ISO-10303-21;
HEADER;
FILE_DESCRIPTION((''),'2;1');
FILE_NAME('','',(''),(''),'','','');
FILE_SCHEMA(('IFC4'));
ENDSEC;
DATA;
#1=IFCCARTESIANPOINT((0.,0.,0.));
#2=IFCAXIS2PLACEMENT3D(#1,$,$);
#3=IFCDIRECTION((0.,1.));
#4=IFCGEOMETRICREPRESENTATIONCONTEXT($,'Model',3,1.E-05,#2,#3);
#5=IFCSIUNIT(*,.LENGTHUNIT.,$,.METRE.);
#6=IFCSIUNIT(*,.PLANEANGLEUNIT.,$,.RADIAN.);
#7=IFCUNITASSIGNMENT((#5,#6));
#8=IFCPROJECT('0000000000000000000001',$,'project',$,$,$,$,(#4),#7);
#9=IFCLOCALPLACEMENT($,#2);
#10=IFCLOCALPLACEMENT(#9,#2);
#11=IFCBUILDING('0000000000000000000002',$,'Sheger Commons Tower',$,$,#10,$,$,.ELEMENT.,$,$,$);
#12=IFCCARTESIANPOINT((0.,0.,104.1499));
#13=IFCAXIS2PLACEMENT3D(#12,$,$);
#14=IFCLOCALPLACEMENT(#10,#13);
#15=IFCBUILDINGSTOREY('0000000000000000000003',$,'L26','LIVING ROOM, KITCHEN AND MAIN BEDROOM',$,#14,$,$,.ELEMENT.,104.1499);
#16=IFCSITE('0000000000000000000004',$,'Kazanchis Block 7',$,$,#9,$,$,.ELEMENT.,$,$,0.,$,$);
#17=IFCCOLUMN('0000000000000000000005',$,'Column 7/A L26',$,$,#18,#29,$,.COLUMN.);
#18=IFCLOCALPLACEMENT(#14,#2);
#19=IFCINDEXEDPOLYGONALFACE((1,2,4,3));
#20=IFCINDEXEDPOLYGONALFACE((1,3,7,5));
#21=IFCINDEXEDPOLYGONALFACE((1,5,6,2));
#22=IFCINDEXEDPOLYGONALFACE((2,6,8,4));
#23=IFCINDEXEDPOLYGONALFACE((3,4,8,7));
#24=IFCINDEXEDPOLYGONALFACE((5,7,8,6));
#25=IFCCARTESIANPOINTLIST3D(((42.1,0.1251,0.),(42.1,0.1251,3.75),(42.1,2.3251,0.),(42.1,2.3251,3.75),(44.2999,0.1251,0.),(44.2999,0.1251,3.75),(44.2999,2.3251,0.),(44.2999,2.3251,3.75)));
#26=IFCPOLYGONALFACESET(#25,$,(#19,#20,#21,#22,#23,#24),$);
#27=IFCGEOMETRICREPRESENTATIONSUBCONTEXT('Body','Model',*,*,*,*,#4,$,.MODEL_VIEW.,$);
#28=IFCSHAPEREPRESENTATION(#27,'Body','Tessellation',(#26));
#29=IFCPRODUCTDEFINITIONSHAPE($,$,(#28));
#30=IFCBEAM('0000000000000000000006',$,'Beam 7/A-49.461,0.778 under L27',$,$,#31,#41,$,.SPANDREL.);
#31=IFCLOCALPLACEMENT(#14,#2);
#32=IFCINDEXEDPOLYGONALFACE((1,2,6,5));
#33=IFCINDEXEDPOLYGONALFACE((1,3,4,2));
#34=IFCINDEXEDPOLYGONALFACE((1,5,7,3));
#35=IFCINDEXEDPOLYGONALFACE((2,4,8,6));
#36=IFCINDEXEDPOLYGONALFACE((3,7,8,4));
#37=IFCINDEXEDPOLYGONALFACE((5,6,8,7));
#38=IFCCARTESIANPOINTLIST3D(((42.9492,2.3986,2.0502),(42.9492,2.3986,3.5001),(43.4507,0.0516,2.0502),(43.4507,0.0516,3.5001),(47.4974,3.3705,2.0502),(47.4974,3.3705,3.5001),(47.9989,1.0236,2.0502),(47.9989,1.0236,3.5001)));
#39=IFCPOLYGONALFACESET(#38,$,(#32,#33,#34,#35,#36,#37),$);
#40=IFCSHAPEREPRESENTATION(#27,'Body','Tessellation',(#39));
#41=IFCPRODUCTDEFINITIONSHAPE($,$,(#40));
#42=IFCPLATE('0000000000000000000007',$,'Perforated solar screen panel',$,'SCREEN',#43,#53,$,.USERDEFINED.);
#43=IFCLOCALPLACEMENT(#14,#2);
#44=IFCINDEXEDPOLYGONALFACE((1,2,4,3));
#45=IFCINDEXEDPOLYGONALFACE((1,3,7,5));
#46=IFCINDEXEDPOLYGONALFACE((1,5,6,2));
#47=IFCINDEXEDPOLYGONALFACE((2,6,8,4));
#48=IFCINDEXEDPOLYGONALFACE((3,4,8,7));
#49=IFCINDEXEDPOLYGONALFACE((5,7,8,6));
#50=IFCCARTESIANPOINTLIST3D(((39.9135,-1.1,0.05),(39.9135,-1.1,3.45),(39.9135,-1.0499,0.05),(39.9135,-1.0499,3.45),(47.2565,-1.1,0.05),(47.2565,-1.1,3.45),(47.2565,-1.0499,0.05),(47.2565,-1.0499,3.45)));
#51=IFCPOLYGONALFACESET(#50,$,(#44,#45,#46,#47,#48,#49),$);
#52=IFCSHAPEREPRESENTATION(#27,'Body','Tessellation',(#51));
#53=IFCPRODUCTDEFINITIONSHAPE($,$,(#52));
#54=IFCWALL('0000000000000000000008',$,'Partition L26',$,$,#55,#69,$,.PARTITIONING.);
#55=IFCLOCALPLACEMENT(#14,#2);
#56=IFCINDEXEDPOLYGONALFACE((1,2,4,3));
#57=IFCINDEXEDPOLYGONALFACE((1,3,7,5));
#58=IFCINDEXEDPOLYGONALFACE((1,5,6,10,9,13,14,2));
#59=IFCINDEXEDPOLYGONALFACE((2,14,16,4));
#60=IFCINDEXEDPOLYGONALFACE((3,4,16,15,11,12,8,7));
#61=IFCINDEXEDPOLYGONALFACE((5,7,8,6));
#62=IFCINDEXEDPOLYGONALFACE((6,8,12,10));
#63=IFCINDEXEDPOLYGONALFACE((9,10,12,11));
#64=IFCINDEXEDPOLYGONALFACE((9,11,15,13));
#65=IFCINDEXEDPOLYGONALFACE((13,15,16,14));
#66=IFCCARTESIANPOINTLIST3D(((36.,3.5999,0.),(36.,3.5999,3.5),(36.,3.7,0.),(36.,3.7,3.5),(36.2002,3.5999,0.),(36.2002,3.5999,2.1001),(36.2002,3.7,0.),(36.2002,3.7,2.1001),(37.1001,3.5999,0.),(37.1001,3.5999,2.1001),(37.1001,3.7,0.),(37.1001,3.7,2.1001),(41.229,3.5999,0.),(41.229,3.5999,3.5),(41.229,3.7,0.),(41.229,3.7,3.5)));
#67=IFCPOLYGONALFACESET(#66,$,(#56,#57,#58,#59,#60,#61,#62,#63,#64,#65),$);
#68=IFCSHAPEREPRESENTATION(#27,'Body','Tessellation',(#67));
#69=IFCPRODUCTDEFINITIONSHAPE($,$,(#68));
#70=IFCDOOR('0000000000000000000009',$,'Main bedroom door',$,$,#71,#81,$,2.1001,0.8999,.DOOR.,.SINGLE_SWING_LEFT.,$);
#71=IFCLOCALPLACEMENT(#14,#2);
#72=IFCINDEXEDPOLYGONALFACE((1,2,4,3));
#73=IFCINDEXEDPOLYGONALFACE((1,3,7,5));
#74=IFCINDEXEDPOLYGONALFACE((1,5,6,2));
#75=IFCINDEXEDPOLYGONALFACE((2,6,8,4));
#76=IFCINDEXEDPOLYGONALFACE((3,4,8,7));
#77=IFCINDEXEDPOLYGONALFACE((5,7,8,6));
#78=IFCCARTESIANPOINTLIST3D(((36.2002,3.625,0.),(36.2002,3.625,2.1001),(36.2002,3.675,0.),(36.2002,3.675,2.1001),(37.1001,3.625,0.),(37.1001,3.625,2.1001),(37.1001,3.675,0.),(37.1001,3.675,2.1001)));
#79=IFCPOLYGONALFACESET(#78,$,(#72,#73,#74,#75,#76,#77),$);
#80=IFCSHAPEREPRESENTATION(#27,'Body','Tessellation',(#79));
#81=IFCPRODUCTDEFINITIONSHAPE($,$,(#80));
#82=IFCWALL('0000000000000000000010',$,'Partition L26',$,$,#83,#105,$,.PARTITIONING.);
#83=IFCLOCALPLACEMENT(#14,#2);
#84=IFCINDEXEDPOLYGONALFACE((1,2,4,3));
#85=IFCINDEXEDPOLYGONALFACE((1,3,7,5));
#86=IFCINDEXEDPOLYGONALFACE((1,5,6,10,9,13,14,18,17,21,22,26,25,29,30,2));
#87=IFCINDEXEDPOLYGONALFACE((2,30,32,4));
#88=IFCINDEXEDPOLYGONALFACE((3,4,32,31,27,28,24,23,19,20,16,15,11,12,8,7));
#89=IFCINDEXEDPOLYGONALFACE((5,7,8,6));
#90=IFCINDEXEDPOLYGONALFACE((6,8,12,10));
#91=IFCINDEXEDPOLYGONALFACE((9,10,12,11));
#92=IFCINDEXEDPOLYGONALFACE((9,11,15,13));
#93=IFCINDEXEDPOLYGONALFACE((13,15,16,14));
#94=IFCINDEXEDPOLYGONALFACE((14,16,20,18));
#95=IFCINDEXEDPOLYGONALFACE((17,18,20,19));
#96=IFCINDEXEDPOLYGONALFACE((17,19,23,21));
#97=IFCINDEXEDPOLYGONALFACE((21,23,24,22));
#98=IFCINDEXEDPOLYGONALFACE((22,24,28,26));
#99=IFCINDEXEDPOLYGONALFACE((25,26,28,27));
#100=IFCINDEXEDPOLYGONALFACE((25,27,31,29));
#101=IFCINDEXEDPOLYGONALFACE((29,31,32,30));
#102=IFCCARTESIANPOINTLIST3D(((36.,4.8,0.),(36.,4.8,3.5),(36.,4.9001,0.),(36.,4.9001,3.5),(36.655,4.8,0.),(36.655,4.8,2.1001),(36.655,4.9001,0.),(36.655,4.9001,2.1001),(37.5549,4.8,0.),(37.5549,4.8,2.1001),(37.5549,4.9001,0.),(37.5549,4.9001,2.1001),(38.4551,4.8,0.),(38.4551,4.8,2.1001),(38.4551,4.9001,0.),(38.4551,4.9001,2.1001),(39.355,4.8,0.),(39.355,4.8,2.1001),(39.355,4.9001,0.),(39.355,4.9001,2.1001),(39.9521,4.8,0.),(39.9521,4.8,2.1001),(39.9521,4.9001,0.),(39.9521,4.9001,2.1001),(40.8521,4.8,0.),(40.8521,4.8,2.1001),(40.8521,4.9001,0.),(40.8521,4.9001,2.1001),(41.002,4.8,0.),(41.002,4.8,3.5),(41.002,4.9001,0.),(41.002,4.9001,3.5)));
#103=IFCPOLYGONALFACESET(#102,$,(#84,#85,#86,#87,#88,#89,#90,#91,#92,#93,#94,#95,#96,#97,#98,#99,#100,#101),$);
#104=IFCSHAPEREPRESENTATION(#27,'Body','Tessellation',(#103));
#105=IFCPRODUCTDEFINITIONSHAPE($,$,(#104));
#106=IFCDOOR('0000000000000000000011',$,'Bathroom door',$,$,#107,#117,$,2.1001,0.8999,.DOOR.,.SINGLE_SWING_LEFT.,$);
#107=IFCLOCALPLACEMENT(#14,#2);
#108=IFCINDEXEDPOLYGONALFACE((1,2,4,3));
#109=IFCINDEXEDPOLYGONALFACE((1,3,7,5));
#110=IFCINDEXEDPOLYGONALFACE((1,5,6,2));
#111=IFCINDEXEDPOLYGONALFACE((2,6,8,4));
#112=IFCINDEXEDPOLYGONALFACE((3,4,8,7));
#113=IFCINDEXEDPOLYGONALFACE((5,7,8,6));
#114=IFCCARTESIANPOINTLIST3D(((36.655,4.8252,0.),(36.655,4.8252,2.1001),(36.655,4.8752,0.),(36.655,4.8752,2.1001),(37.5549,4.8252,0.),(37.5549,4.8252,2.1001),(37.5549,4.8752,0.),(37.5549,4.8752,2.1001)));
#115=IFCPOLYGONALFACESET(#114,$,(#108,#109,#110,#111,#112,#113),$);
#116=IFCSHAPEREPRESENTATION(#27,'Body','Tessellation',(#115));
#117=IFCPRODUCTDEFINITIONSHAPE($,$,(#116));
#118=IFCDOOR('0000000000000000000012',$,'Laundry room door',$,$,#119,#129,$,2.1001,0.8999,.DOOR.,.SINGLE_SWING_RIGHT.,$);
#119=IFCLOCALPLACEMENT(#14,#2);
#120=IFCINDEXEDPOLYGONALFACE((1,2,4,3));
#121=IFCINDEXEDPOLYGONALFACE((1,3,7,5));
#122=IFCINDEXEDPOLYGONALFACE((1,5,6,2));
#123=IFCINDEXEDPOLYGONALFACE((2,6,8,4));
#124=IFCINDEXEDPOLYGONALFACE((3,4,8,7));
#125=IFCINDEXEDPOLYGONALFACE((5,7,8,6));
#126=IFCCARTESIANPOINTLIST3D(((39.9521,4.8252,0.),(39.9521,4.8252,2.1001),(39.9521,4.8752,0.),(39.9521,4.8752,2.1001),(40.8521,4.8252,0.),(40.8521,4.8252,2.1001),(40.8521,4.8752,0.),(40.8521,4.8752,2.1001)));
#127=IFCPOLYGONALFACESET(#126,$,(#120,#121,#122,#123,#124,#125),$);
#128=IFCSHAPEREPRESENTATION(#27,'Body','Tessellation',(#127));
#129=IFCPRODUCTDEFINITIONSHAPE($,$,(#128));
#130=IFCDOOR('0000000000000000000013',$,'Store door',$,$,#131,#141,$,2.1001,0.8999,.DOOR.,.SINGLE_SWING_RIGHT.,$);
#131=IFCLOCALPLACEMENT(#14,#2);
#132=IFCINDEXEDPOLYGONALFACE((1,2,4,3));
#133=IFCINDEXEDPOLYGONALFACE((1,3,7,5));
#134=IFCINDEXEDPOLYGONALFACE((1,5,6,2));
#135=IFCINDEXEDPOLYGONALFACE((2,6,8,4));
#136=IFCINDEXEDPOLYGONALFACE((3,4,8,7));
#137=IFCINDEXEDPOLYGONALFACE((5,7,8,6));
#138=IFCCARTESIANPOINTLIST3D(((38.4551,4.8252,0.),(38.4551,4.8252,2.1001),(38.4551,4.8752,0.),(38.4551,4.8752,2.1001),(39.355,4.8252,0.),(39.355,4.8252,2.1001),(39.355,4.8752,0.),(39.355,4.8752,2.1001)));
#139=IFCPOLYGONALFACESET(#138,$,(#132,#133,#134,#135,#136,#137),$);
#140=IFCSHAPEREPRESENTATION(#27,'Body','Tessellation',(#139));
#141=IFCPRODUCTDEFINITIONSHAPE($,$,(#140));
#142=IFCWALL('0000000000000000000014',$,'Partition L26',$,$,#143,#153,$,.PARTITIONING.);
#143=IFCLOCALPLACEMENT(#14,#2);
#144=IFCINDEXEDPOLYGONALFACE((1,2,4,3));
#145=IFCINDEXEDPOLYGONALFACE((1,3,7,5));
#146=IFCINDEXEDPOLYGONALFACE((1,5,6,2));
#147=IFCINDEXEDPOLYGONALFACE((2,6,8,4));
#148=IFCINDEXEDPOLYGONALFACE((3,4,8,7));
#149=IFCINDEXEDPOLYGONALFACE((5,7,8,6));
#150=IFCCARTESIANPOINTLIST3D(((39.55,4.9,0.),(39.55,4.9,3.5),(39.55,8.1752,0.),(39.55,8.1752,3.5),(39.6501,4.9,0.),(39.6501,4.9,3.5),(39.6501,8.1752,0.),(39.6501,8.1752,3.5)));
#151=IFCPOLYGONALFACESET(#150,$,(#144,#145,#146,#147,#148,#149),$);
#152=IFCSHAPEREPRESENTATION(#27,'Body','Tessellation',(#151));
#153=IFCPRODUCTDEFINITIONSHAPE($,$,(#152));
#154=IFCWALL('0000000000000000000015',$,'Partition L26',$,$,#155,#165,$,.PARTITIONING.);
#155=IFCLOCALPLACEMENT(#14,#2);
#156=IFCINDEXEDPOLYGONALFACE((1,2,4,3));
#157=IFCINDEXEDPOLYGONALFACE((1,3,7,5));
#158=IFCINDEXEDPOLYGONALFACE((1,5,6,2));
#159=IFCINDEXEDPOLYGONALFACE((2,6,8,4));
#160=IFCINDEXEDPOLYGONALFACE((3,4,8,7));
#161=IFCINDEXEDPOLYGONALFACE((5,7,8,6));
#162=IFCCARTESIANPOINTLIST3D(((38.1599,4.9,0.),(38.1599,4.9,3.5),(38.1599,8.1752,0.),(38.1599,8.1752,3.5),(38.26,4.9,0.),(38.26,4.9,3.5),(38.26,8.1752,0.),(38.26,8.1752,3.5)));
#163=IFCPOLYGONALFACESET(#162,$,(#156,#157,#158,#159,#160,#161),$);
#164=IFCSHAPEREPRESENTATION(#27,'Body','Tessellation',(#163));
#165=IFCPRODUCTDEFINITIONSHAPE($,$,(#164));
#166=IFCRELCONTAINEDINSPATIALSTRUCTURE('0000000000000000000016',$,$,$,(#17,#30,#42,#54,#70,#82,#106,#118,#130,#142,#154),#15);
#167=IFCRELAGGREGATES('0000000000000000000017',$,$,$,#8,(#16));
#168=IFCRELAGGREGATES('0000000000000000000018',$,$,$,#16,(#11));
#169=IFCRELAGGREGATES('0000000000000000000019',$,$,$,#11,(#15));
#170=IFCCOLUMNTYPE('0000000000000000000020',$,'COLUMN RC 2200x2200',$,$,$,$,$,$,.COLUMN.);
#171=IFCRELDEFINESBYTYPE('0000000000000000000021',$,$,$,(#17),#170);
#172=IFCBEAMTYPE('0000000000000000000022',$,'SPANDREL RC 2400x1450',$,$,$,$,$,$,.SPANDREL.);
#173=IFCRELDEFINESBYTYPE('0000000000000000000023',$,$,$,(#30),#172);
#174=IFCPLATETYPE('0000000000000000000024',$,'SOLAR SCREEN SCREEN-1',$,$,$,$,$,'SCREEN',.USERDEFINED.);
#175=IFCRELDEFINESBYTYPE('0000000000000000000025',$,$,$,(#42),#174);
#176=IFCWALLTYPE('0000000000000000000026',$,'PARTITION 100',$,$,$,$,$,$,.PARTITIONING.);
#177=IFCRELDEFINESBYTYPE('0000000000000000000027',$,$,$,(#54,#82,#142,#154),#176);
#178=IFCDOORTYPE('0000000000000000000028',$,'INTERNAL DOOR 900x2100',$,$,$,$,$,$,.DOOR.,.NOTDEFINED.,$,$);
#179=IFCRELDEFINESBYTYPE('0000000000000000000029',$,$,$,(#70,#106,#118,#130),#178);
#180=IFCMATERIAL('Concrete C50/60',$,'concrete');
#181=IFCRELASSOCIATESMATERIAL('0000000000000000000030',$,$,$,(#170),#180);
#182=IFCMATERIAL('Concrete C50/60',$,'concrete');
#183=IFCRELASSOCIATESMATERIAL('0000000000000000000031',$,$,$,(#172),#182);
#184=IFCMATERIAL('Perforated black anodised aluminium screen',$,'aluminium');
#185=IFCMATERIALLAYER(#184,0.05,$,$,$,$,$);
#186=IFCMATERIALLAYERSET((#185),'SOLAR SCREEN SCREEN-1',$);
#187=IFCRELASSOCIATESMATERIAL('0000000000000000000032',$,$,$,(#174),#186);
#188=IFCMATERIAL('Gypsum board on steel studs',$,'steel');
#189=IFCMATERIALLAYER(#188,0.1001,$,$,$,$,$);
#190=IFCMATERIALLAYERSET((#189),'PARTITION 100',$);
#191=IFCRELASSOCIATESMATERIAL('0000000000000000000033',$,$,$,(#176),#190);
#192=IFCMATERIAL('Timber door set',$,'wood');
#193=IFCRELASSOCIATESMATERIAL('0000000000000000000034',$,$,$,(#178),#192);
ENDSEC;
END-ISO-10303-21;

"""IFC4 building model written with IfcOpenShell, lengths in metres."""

from ifc_helpers import new_model, si_unit, direction, frame, frame_2d, origin, origin_2d, place, context, subcontext, project, spatial, rectangle, extrude, material, layer, layer_set, material_profile, profile_set, type_object, element, fill, save


model = new_model("IFC4")

# Units and contexts
model_context = context("Model", 3, precision=1e-05, world=origin(), true_north=direction((0.0, 1.0)))
body_context = subcontext(model_context, "Body", "Model", "MODEL_VIEW")
ifc_project = project(units=[si_unit("LENGTHUNIT", "METRE"), si_unit("PLANEANGLEUNIT", "RADIAN")], contexts=[model_context])

# Site, building, storey
site_placement = place(None, origin())
site = spatial("IfcSite", under=ifc_project, at=site_placement, Name="Kazanchis Block 7", CompositionType="ELEMENT", RefElevation=0.0)
building_placement = place(site_placement, origin())
building = spatial("IfcBuilding", under=site, at=building_placement, Name="Sheger Commons Tower", CompositionType="ELEMENT")
storey_placement = place(building_placement, frame((0.0, 0.0, 104.1499)))
storey = spatial("IfcBuildingStorey", under=building, at=storey_placement, Name="L26", Description="LIVING ROOM, KITCHEN AND MAIN BEDROOM", CompositionType="ELEMENT", Elevation=104.1499)

# Column
ifc_material_1 = material(Name="Concrete C50/60", Category="concrete")
ifc_material_profile_1 = material_profile(ifc_material_1, rectangle(XDim=2.2, YDim=2.2, at=origin_2d()), Name="RC 2200x2200")
ifc_profile_set_1 = profile_set([ifc_material_profile_1], Name="Concrete C50/60")
column_type = type_object("IfcColumnType", Name="COLUMN RC 2200x2200", PredefinedType="COLUMN", material=ifc_profile_set_1)
column_placement = place(storey_placement, frame((43.2, 1.2251, 0.0), z_axis=(0.0, 0.0, 1.0), x_axis=(1.0, 0.0, 0.0)))
element("IfcColumn", 1, at=column_placement, inside=storey, type_object=column_type, Name="Column 7/A L26", PredefinedType="COLUMN", context=body_context, shape_type="SweptSolid", body=[
    extrude(rectangle(XDim=2.2, YDim=2.2, at=origin_2d()), origin(), (0.0, 0.0, 1.0), 3.75),
])

# Beam
ifc_material_2 = material(Name="Concrete C50/60", Category="concrete")
ifc_material_profile_2 = material_profile(ifc_material_2, rectangle(XDim=2.3999, YDim=1.45, at=origin_2d()), Name="RC 2400x1450")
ifc_profile_set_2 = profile_set([ifc_material_profile_2], Name="Concrete C50/60")
beam_type = type_object("IfcBeamType", Name="SPANDREL RC 2400x1450", PredefinedType="SPANDREL", material=ifc_profile_set_2)
beam_placement = place(storey_placement, frame((43.2, 1.2251, 2.7751), z_axis=(0.97792, 0.208981, 0.0), x_axis=(-0.208981, 0.97792, 0.0)))
element("IfcBeam", 2, at=beam_placement, inside=storey, type_object=beam_type, Name="Beam 7/A-49.461,0.778 under L27", PredefinedType="SPANDREL", context=body_context, shape_type="SweptSolid", body=[
    extrude(rectangle(XDim=2.3999, YDim=1.45, at=origin_2d()), origin(), (0.0, 0.0, 1.0), 4.6509),
])

# Plate
ifc_material_3 = material(Name="Perforated black anodised aluminium screen", Category="aluminium")
ifc_layer_1 = layer(ifc_material_3, 0.05)
ifc_layer_set_1 = layer_set([ifc_layer_1], Name="SOLAR SCREEN SCREEN-1")
plate_type = type_object("IfcPlateType", Name="SOLAR SCREEN SCREEN-1", ElementType="SCREEN", PredefinedType="USERDEFINED", material=ifc_layer_set_1)
plate_placement = place(storey_placement, frame((43.585, -1.075, 0.05), z_axis=(0.0, 0.0, 1.0), x_axis=(1.0, 0.0, 0.0)))
element("IfcPlate", 3, at=plate_placement, inside=storey, type_object=plate_type, Name="Perforated solar screen panel", ObjectType="SCREEN", PredefinedType="USERDEFINED", context=body_context, shape_type="SweptSolid", body=[
    extrude(rectangle(XDim=7.343, YDim=0.05, at=origin_2d()), origin(), (0.0, 0.0, 1.0), 3.3999),
])

# Wall, opening, door
ifc_material_4 = material(Name="Gypsum board on steel studs", Category="steel")
ifc_layer_2 = layer(ifc_material_4, 0.1001)
ifc_layer_set_2 = layer_set([ifc_layer_2], Name="PARTITION 100")
wall_type = type_object("IfcWallType", Name="PARTITION 100", PredefinedType="PARTITIONING", material=ifc_layer_set_2)
wall_1_placement = place(storey_placement, frame((41.229, 3.6499, 0.0), z_axis=(0.0, 0.0, 1.0), x_axis=(-1.0, 0.0, 0.0)))
wall_1 = element("IfcWall", 4, at=wall_1_placement, inside=storey, type_object=wall_type, Name="Partition L26", PredefinedType="PARTITIONING", context=body_context, shape_type="SweptSolid", body=[
    extrude(rectangle(XDim=5.229, YDim=0.1001, at=frame_2d((2.6145, 0.0))), origin(), (0.0, 0.0, 1.0), 3.5),
])
opening_1_placement = place(wall_1_placement, frame((4.1289, 0.0, 0.0)))
opening_1 = element("IfcOpeningElement", 5, at=opening_1_placement, cuts=wall_1, PredefinedType="OPENING", context=body_context, shape_type="SweptSolid", body=[
    extrude(rectangle(XDim=0.8999, YDim=2.1001, at=frame_2d((0.45, 1.05))), frame((0.0, 0.0601, 0.0), z_axis=(0.0, -1.0, 0.0), x_axis=(1.0, 0.0, 0.0)), (0.0, 0.0, 1.0), 0.1201),
])
ifc_material_5 = material(Name="Timber door set", Category="wood")
door_type = type_object("IfcDoorType", Name="INTERNAL DOOR 900x2100", OperationType="NOTDEFINED", PredefinedType="DOOR", material=ifc_material_5)
door_1_placement = place(opening_1_placement, origin())
door_1 = element("IfcDoor", 6, at=door_1_placement, inside=storey, type_object=door_type, Name="Main bedroom door", OperationType="SINGLE_SWING_LEFT", OverallHeight=2.1001, OverallWidth=0.8999, PredefinedType="DOOR", context=body_context, shape_type="SweptSolid", body=[
    extrude(rectangle(XDim=0.8999, YDim=2.1001, at=frame_2d((0.45, 1.05))), frame((0.0, 0.0249, 0.0), z_axis=(0.0, -1.0, 0.0), x_axis=(1.0, 0.0, 0.0)), (0.0, 0.0, 1.0), 0.05),
])
fill(opening_1, door_1)

# Wall, openings, doors
wall_2_placement = place(storey_placement, frame((41.002, 4.8501, 0.0), z_axis=(0.0, 0.0, 1.0), x_axis=(-1.0, 0.0, 0.0)))
wall_2 = element("IfcWall", 7, at=wall_2_placement, inside=storey, type_object=wall_type, Name="Partition L26", PredefinedType="PARTITIONING", context=body_context, shape_type="SweptSolid", body=[
    extrude(rectangle(XDim=5.002, YDim=0.1001, at=frame_2d((2.501, 0.0))), origin(), (0.0, 0.0, 1.0), 3.5),
])
opening_2_placement = place(wall_2_placement, frame((3.447, 0.0, 0.0)))
opening_2 = element("IfcOpeningElement", 8, at=opening_2_placement, cuts=wall_2, PredefinedType="OPENING", context=body_context, shape_type="SweptSolid", body=[
    extrude(rectangle(XDim=0.8999, YDim=2.1001, at=frame_2d((0.45, 1.05))), frame((0.0, 0.0601, 0.0), z_axis=(0.0, -1.0, 0.0), x_axis=(1.0, 0.0, 0.0)), (0.0, 0.0, 1.0), 0.1201),
])
opening_3_placement = place(wall_2_placement, frame((0.1499, 0.0, 0.0)))
opening_3 = element("IfcOpeningElement", 9, at=opening_3_placement, cuts=wall_2, PredefinedType="OPENING", context=body_context, shape_type="SweptSolid", body=[
    extrude(rectangle(XDim=0.8999, YDim=2.1001, at=frame_2d((0.45, 1.05))), frame((0.0, 0.0601, 0.0), z_axis=(0.0, -1.0, 0.0), x_axis=(1.0, 0.0, 0.0)), (0.0, 0.0, 1.0), 0.1201),
])
opening_4_placement = place(wall_2_placement, frame((1.647, 0.0, 0.0)))
opening_4 = element("IfcOpeningElement", 10, at=opening_4_placement, cuts=wall_2, PredefinedType="OPENING", context=body_context, shape_type="SweptSolid", body=[
    extrude(rectangle(XDim=0.8999, YDim=2.1001, at=frame_2d((0.45, 1.05))), frame((0.0, 0.0601, 0.0), z_axis=(0.0, -1.0, 0.0), x_axis=(1.0, 0.0, 0.0)), (0.0, 0.0, 1.0), 0.1201),
])
door_2_placement = place(opening_2_placement, origin())
door_2 = element("IfcDoor", 11, at=door_2_placement, inside=storey, type_object=door_type, Name="Bathroom door", OperationType="SINGLE_SWING_LEFT", OverallHeight=2.1001, OverallWidth=0.8999, PredefinedType="DOOR", context=body_context, shape_type="SweptSolid", body=[
    extrude(rectangle(XDim=0.8999, YDim=2.1001, at=frame_2d((0.45, 1.05))), frame((0.0, 0.0249, 0.0), z_axis=(0.0, -1.0, 0.0), x_axis=(1.0, 0.0, 0.0)), (0.0, 0.0, 1.0), 0.05),
])
fill(opening_2, door_2)
door_3_placement = place(opening_3_placement, origin())
door_3 = element("IfcDoor", 12, at=door_3_placement, inside=storey, type_object=door_type, Name="Laundry room door", OperationType="SINGLE_SWING_RIGHT", OverallHeight=2.1001, OverallWidth=0.8999, PredefinedType="DOOR", context=body_context, shape_type="SweptSolid", body=[
    extrude(rectangle(XDim=0.8999, YDim=2.1001, at=frame_2d((0.45, 1.05))), frame((0.0, 0.0249, 0.0), z_axis=(0.0, -1.0, 0.0), x_axis=(1.0, 0.0, 0.0)), (0.0, 0.0, 1.0), 0.05),
])
fill(opening_3, door_3)
door_4_placement = place(opening_4_placement, origin())
door_4 = element("IfcDoor", 13, at=door_4_placement, inside=storey, type_object=door_type, Name="Store door", OperationType="SINGLE_SWING_RIGHT", OverallHeight=2.1001, OverallWidth=0.8999, PredefinedType="DOOR", context=body_context, shape_type="SweptSolid", body=[
    extrude(rectangle(XDim=0.8999, YDim=2.1001, at=frame_2d((0.45, 1.05))), frame((0.0, 0.0249, 0.0), z_axis=(0.0, -1.0, 0.0), x_axis=(1.0, 0.0, 0.0)), (0.0, 0.0, 1.0), 0.05),
])
fill(opening_4, door_4)

# Walls
for number, where, z_axis, x_axis, name in (
    (14, (39.6001, 4.8999, 0.0), (0.0, 0.0, 1.0), (0.0, 1.0, 0.0), "Partition L26"),
    (15, (38.21, 4.8999, 0.0), (0.0, 0.0, 1.0), (0.0, 1.0, 0.0), "Partition L26"),
):
    element("IfcWall", number, at=place(storey_placement, frame(where, z_axis=z_axis, x_axis=x_axis)), inside=storey, type_object=wall_type, Name=name, PredefinedType="PARTITIONING", context=body_context, shape_type="SweptSolid", body=[
        extrude(rectangle(XDim=3.2751, YDim=0.1001, at=frame_2d((1.6377, 0.0))), origin(), (0.0, 0.0, 1.0), 3.5),
    ])

save(model, "model.ifc")
